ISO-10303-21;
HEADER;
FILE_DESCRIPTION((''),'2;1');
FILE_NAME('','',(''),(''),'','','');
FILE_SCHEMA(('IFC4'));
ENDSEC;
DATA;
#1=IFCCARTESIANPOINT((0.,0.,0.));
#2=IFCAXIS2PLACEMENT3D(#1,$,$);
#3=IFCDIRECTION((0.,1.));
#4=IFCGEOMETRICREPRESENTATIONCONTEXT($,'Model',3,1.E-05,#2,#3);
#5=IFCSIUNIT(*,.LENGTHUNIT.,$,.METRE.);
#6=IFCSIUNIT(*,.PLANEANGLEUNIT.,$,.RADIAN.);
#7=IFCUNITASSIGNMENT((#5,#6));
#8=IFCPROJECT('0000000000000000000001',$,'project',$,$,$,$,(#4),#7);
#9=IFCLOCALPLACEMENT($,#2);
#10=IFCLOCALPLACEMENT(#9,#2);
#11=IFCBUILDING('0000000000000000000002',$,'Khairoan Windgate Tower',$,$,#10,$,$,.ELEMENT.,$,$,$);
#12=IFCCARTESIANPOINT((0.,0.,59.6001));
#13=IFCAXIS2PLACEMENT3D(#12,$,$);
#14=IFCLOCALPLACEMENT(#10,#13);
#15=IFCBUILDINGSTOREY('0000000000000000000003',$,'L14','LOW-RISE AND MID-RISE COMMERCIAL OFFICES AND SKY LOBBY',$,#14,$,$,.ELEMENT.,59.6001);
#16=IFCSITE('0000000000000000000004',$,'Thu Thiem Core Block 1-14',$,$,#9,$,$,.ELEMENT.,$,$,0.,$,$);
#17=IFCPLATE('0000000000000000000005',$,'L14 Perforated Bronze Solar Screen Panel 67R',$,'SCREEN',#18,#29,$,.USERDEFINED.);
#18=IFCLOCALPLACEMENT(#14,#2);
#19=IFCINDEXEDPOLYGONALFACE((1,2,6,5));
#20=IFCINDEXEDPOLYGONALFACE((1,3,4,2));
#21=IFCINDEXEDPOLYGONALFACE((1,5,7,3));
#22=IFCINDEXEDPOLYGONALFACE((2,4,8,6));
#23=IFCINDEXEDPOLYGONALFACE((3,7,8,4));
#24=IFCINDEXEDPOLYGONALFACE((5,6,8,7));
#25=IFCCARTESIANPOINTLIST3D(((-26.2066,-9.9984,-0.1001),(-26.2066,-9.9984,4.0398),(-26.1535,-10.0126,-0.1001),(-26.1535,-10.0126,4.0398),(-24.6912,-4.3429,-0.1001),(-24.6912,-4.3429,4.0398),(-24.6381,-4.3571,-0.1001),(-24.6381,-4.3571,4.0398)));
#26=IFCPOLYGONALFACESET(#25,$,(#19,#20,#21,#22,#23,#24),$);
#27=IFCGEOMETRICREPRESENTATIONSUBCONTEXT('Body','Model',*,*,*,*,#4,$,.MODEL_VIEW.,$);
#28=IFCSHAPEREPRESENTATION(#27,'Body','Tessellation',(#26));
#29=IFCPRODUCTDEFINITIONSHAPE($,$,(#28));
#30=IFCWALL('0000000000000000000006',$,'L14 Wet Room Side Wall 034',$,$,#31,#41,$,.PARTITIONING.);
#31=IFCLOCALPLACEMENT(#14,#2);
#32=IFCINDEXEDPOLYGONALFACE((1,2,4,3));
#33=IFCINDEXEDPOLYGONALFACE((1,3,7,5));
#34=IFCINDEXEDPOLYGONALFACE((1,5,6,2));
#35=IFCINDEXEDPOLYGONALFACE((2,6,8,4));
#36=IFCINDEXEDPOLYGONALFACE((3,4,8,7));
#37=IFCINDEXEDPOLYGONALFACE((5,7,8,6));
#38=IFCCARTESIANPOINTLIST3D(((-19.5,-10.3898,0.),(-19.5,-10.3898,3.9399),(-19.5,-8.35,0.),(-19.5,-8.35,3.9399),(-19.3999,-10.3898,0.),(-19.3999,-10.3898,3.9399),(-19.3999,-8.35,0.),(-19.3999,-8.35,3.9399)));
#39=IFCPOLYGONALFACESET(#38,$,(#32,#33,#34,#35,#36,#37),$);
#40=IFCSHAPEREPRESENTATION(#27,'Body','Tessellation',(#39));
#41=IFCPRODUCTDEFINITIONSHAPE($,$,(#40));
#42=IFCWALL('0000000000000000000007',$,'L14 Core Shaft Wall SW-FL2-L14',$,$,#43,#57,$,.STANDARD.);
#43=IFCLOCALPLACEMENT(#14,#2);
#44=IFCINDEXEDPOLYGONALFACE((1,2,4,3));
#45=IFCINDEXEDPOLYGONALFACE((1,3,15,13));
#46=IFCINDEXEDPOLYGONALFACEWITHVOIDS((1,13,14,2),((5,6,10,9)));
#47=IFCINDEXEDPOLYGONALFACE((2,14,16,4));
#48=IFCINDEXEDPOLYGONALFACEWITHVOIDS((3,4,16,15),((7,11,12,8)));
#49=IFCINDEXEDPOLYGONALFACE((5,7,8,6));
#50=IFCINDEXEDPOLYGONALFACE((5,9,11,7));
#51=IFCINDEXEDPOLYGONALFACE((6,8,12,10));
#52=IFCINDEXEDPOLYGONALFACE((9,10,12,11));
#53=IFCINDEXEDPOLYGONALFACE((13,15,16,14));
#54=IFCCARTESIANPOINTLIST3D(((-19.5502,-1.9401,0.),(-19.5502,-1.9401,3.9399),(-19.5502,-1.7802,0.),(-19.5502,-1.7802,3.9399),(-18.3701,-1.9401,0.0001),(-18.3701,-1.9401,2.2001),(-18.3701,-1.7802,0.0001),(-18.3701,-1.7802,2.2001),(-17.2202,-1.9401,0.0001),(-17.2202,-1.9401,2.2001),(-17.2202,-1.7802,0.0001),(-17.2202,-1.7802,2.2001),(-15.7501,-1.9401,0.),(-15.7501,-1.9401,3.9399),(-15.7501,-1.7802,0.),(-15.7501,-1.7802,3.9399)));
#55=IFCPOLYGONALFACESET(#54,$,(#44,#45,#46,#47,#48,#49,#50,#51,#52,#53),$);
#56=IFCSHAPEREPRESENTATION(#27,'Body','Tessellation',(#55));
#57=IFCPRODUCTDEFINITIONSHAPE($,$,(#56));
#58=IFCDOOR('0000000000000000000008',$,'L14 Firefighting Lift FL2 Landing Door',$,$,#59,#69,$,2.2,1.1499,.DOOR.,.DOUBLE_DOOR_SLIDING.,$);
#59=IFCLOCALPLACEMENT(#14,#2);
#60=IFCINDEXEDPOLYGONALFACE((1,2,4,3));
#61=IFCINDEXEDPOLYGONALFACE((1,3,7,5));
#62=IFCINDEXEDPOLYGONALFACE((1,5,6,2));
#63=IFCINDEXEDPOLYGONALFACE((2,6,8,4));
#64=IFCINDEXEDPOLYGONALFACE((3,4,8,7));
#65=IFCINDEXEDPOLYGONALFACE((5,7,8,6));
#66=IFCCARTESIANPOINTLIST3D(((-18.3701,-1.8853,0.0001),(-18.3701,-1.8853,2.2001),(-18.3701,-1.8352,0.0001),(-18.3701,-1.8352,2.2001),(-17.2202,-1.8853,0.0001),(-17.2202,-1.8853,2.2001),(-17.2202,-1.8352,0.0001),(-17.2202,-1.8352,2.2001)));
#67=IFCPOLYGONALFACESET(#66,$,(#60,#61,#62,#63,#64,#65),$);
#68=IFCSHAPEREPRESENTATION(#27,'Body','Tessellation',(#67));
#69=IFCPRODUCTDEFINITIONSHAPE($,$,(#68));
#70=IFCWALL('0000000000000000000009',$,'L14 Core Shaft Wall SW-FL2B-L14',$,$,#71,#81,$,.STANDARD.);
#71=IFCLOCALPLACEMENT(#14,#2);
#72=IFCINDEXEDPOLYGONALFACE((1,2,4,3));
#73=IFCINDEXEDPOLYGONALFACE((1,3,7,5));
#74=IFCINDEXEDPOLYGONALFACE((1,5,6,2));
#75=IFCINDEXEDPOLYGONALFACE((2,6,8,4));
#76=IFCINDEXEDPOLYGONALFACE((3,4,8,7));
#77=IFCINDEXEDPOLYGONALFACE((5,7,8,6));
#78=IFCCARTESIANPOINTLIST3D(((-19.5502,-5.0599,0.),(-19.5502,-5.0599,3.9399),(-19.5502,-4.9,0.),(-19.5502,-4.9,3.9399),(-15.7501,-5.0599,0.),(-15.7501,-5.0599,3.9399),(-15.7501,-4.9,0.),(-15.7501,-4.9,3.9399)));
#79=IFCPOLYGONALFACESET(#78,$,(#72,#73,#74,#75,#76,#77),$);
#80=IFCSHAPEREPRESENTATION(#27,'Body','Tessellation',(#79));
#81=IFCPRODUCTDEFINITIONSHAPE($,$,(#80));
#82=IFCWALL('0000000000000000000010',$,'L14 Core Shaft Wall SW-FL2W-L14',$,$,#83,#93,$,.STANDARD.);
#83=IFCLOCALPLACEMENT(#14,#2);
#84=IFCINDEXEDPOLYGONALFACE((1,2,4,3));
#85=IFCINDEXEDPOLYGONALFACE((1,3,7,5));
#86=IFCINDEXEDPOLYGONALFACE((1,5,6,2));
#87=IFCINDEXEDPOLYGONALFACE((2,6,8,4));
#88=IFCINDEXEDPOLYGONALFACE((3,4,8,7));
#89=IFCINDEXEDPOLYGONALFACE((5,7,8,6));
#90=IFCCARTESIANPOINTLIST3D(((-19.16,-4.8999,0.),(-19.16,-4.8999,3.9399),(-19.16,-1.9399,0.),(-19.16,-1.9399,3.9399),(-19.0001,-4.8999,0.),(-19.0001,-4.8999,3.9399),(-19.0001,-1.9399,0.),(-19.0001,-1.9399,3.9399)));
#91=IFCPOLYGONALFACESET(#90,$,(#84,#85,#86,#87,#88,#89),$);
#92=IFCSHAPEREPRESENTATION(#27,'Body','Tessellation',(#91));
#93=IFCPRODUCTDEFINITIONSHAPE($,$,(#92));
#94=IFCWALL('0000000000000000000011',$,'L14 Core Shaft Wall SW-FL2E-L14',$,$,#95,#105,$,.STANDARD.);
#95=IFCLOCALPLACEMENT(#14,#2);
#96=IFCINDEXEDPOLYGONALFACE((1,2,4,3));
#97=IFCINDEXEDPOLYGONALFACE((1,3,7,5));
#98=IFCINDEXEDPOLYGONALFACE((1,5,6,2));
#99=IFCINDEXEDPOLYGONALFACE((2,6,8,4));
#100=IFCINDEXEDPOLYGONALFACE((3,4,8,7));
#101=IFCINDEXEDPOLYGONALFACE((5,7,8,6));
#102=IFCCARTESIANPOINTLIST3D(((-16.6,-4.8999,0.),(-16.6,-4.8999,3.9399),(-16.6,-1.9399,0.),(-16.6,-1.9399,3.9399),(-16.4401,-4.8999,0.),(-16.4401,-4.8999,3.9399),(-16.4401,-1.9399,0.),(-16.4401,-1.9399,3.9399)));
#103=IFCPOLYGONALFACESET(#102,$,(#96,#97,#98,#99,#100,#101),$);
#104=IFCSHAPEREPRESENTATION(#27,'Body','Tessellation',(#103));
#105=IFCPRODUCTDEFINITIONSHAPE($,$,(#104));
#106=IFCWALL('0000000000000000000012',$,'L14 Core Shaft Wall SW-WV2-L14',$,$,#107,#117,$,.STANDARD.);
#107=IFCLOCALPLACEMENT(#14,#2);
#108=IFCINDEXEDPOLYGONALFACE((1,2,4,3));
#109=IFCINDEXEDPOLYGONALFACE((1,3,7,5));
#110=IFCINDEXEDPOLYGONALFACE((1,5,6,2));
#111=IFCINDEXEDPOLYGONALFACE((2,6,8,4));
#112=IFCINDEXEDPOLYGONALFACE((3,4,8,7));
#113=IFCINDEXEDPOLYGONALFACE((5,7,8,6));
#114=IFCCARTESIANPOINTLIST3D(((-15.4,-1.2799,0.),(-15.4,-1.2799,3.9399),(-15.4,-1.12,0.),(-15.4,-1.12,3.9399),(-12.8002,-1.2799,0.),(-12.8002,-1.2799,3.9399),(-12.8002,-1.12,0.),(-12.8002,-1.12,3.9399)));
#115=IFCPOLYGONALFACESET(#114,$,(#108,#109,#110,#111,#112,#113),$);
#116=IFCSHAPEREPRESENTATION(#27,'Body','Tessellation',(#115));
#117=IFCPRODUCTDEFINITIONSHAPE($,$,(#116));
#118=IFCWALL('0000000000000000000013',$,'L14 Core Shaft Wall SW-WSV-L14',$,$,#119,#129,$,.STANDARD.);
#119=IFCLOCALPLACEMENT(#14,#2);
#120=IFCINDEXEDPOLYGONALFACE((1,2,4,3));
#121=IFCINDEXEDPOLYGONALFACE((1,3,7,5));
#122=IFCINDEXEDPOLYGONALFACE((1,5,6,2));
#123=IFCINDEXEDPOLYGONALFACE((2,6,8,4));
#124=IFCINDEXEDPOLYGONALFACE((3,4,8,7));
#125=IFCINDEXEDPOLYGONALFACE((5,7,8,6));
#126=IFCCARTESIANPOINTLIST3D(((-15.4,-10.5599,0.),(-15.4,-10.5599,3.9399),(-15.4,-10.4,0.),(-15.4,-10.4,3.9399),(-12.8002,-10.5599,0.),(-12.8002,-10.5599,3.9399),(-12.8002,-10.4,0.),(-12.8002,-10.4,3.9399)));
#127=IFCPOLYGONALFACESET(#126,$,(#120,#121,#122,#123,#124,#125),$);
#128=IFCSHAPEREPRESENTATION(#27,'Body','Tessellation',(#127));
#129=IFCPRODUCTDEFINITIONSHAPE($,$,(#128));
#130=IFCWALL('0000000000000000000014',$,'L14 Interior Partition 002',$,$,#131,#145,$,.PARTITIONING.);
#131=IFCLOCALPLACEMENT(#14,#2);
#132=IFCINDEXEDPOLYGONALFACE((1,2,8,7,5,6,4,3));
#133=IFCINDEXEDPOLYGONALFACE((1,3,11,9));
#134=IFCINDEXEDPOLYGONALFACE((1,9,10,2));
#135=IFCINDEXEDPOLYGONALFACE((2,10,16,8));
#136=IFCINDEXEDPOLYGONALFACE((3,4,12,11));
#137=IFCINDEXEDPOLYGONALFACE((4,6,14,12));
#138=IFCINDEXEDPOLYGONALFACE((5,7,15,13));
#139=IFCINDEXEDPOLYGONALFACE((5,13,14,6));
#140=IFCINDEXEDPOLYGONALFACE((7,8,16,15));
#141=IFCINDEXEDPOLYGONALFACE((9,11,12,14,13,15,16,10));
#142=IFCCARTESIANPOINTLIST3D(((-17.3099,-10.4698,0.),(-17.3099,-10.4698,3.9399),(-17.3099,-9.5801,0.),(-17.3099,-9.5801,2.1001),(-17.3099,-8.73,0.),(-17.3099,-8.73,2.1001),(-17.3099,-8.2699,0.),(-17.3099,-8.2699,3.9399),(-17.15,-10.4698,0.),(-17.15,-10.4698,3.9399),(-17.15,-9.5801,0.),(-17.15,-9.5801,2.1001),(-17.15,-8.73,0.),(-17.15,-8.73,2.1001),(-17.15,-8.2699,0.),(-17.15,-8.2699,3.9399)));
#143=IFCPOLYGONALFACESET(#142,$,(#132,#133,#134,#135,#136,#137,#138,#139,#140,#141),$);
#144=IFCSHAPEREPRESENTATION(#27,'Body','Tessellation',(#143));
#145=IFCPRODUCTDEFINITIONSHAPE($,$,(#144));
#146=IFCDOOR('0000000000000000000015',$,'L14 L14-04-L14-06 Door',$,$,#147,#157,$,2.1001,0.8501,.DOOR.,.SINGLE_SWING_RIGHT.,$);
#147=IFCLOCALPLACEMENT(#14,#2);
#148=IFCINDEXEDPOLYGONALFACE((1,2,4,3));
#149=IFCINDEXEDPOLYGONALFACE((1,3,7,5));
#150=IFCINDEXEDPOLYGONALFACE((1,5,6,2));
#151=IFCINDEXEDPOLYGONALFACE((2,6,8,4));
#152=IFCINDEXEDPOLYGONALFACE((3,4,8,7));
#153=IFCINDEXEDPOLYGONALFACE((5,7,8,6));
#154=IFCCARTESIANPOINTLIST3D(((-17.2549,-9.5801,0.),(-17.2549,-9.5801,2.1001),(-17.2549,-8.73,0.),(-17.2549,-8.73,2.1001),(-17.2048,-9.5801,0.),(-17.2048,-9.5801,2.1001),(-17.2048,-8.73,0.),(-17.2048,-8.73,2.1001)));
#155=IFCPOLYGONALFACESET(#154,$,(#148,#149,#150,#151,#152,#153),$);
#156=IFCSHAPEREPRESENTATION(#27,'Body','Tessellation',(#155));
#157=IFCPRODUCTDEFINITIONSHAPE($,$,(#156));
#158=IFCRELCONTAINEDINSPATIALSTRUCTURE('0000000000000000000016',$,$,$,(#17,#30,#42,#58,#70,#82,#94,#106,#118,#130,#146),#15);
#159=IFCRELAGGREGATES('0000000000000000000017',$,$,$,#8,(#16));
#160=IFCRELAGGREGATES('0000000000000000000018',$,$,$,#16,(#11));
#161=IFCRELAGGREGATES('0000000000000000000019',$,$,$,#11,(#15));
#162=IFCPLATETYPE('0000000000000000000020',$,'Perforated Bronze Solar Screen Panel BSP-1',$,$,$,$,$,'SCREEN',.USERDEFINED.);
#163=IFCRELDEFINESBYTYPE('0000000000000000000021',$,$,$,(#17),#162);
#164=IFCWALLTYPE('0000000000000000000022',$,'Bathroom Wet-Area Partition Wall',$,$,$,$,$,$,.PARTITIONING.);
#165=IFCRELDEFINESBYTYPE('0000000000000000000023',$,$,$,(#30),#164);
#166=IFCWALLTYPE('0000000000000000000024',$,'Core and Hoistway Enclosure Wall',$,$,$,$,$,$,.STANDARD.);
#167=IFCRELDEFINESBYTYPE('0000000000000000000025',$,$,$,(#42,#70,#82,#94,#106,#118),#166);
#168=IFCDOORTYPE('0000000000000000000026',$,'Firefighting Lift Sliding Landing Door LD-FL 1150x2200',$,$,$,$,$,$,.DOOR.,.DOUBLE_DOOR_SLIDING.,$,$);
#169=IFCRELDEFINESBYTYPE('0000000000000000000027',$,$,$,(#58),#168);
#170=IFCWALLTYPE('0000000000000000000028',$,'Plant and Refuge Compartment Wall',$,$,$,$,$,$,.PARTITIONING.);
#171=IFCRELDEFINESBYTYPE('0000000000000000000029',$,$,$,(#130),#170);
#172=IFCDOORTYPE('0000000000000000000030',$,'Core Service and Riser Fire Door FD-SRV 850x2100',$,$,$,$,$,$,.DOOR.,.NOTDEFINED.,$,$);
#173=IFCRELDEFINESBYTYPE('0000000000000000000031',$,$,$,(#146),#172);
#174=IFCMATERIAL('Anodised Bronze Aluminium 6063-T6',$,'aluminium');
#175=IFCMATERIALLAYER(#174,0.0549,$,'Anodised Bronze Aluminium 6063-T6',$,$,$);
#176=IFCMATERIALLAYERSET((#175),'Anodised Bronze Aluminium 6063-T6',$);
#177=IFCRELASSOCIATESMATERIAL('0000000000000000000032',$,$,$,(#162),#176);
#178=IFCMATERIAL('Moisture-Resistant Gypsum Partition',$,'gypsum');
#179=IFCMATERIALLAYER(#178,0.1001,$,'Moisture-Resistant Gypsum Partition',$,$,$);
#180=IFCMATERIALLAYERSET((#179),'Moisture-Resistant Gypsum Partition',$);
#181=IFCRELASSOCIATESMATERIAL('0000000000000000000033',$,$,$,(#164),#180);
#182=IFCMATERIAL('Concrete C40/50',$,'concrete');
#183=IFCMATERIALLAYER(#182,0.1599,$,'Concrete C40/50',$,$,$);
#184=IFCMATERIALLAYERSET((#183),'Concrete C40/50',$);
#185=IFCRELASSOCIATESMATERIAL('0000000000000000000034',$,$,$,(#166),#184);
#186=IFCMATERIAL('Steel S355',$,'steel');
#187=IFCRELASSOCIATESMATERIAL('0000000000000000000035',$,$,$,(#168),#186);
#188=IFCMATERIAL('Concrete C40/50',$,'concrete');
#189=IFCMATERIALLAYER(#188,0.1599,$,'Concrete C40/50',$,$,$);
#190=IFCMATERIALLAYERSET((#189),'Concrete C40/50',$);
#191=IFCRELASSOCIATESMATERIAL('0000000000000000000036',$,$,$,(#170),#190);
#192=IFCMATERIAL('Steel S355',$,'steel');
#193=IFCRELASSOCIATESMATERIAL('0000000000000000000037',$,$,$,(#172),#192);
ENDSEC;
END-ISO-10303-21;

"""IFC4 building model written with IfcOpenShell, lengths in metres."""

from ifc_helpers import new_model, si_unit, direction, frame, frame_2d, origin, origin_2d, place, context, subcontext, project, spatial, rectangle, extrude, material, layer, layer_set, type_object, element, fill, save


model = new_model("IFC4")

# Units and contexts
model_context = context("Model", 3, precision=1e-05, world=origin(), true_north=direction((0.0, 1.0)))
body_context = subcontext(model_context, "Body", "Model", "MODEL_VIEW")
ifc_project = project(units=[si_unit("LENGTHUNIT", "METRE"), si_unit("PLANEANGLEUNIT", "RADIAN")], contexts=[model_context])

# Site, building, storey
site_placement = place(None, origin())
site = spatial("IfcSite", under=ifc_project, at=site_placement, Name="Thu Thiem Core Block 1-14", CompositionType="ELEMENT", RefElevation=0.0)
building_placement = place(site_placement, origin())
building = spatial("IfcBuilding", under=site, at=building_placement, Name="Khairoan Windgate Tower", CompositionType="ELEMENT")
storey_placement = place(building_placement, frame((0.0, 0.0, 59.6001)))
storey = spatial("IfcBuildingStorey", under=building, at=storey_placement, Name="L14", Description="LOW-RISE AND MID-RISE COMMERCIAL OFFICES AND SKY LOBBY", CompositionType="ELEMENT", Elevation=59.6001)

# Plate
ifc_material_1 = material(Name="Anodised Bronze Aluminium 6063-T6", Category="aluminium")
ifc_layer_1 = layer(ifc_material_1, 0.0549, Name="Anodised Bronze Aluminium 6063-T6")
ifc_layer_set_1 = layer_set([ifc_layer_1], Name="Anodised Bronze Aluminium 6063-T6")
plate_type_1 = type_object("IfcPlateType", Name="Perforated Bronze Solar Screen Panel BSP-1", ElementType="SCREEN", PredefinedType="USERDEFINED", material=ifc_layer_set_1)
plate_placement = place(storey_placement, frame((-25.4224, -7.1777, -0.1001), z_axis=(0.0, 0.0, 1.0), x_axis=(0.258819, 0.965926, 0.0)))
element("IfcPlate", 1, at=plate_placement, inside=storey, type_object=plate_type_1, Name="L14 Perforated Bronze Solar Screen Panel 67R", ObjectType="SCREEN", PredefinedType="USERDEFINED", context=body_context, shape_type="SweptSolid", body=[
    extrude(rectangle(XDim=5.855, YDim=0.0549, at=origin_2d()), origin(), (0.0, 0.0, 1.0), 4.1399),
])

# Wall
ifc_material_2 = material(Name="Moisture-Resistant Gypsum Partition", Category="gypsum")
ifc_layer_2 = layer(ifc_material_2, 0.1001, Name="Moisture-Resistant Gypsum Partition")
ifc_layer_set_2 = layer_set([ifc_layer_2], Name="Moisture-Resistant Gypsum Partition")
wall_type_1 = type_object("IfcWallType", Name="Bathroom Wet-Area Partition Wall", PredefinedType="PARTITIONING", material=ifc_layer_set_2)
wall_1_placement = place(storey_placement, frame((-19.45, -10.3899, 0.0), z_axis=(0.0, 0.0, 1.0), x_axis=(0.0, 1.0, 0.0)))
element("IfcWall", 2, at=wall_1_placement, inside=storey, type_object=wall_type_1, Name="L14 Wet Room Side Wall 034", PredefinedType="PARTITIONING", context=body_context, shape_type="SweptSolid", body=[
    extrude(rectangle(XDim=2.0398, YDim=0.1001, at=frame_2d((1.02, 0.0))), origin(), (0.0, 0.0, 1.0), 3.9399),
])

# Wall, opening, door
ifc_material_3 = material(Name="Concrete C40/50", Category="concrete")
ifc_layer_3 = layer(ifc_material_3, 0.1599, Name="Concrete C40/50")
ifc_layer_set_3 = layer_set([ifc_layer_3], Name="Concrete C40/50")
wall_type_2 = type_object("IfcWallType", Name="Core and Hoistway Enclosure Wall", PredefinedType="STANDARD", material=ifc_layer_set_3)
wall_2_placement = place(storey_placement, frame((-19.55, -1.8601, 0.0), z_axis=(0.0, 0.0, 1.0), x_axis=(1.0, 0.0, 0.0)))
wall_2 = element("IfcWall", 3, at=wall_2_placement, inside=storey, type_object=wall_type_2, Name="L14 Core Shaft Wall SW-FL2-L14", PredefinedType="STANDARD", context=body_context, shape_type="SweptSolid", body=[
    extrude(rectangle(XDim=3.8, YDim=0.1599, at=frame_2d((1.8999, 0.0))), origin(), (0.0, 0.0, 1.0), 3.9399),
])
opening_1_placement = place(wall_2_placement, frame((1.1799, 0.0, 0.0)))
opening_1 = element("IfcOpeningElement", 4, at=opening_1_placement, cuts=wall_2, PredefinedType="OPENING", context=body_context, shape_type="SweptSolid", body=[
    extrude(rectangle(XDim=1.1499, YDim=2.2, at=frame_2d((0.575, 1.1001))), frame((0.0, 0.0898, 0.0), z_axis=(0.0, -1.0, 0.0), x_axis=(1.0, 0.0, 0.0)), (0.0, 0.0, 1.0), 0.1799),
])
ifc_material_4 = material(Name="Steel S355", Category="steel")
door_type_1 = type_object("IfcDoorType", Name="Firefighting Lift Sliding Landing Door LD-FL 1150x2200", OperationType="DOUBLE_DOOR_SLIDING", PredefinedType="DOOR", material=ifc_material_4)
door_1_placement = place(opening_1_placement, origin())
door_1 = element("IfcDoor", 5, at=door_1_placement, inside=storey, type_object=door_type_1, Name="L14 Firefighting Lift FL2 Landing Door", OperationType="DOUBLE_DOOR_SLIDING", OverallHeight=2.2, OverallWidth=1.1499, PredefinedType="DOOR", context=body_context, shape_type="SweptSolid", body=[
    extrude(rectangle(XDim=1.1499, YDim=2.2, at=frame_2d((0.575, 1.1001))), frame((0.0, 0.0249, 0.0), z_axis=(0.0, -1.0, 0.0), x_axis=(1.0, 0.0, 0.0)), (0.0, 0.0, 1.0), 0.05),
])
fill(opening_1, door_1)

# Walls
wall_3_placement = place(storey_placement, frame((-19.55, -4.98, 0.0), z_axis=(0.0, 0.0, 1.0), x_axis=(1.0, 0.0, 0.0)))
element("IfcWall", 6, at=wall_3_placement, inside=storey, type_object=wall_type_2, Name="L14 Core Shaft Wall SW-FL2B-L14", PredefinedType="STANDARD", context=body_context, shape_type="SweptSolid", body=[
    extrude(rectangle(XDim=3.8, YDim=0.1599, at=frame_2d((1.8999, 0.0))), origin(), (0.0, 0.0, 1.0), 3.9399),
])
for number, where, z_axis, x_axis, name in (
    (7, (-19.0801, -4.8999, 0.0), (0.0, 0.0, 1.0), (0.0, 1.0, 0.0), "L14 Core Shaft Wall SW-FL2W-L14"),
    (8, (-16.52, -4.8999, 0.0), (0.0, 0.0, 1.0), (0.0, 1.0, 0.0), "L14 Core Shaft Wall SW-FL2E-L14"),
):
    element("IfcWall", number, at=place(storey_placement, frame(where, z_axis=z_axis, x_axis=x_axis)), inside=storey, type_object=wall_type_2, Name=name, PredefinedType="STANDARD", context=body_context, shape_type="SweptSolid", body=[
        extrude(rectangle(XDim=2.96, YDim=0.1599, at=frame_2d((1.48, 0.0))), origin(), (0.0, 0.0, 1.0), 3.9399),
    ])
for number, where, z_axis, x_axis, name in (
    (9, (-15.3999, -1.2, 0.0), (0.0, 0.0, 1.0), (1.0, 0.0, 0.0), "L14 Core Shaft Wall SW-WV2-L14"),
    (10, (-15.3999, -10.48, 0.0), (0.0, 0.0, 1.0), (1.0, 0.0, 0.0), "L14 Core Shaft Wall SW-WSV-L14"),
):
    element("IfcWall", number, at=place(storey_placement, frame(where, z_axis=z_axis, x_axis=x_axis)), inside=storey, type_object=wall_type_2, Name=name, PredefinedType="STANDARD", context=body_context, shape_type="SweptSolid", body=[
        extrude(rectangle(XDim=2.5999, YDim=0.1599, at=frame_2d((1.2998, 0.0))), origin(), (0.0, 0.0, 1.0), 3.9399),
    ])

# Wall, opening, door
ifc_material_5 = material(Name="Concrete C40/50", Category="concrete")
ifc_layer_4 = layer(ifc_material_5, 0.1599, Name="Concrete C40/50")
ifc_layer_set_4 = layer_set([ifc_layer_4], Name="Concrete C40/50")
wall_type_3 = type_object("IfcWallType", Name="Plant and Refuge Compartment Wall", PredefinedType="PARTITIONING", material=ifc_layer_set_4)
wall_4_placement = place(storey_placement, frame((-17.23, -10.47, 0.0), z_axis=(0.0, 0.0, 1.0), x_axis=(0.0, 1.0, 0.0)))
wall_4 = element("IfcWall", 11, at=wall_4_placement, inside=storey, type_object=wall_type_3, Name="L14 Interior Partition 002", PredefinedType="PARTITIONING", context=body_context, shape_type="SweptSolid", body=[
    extrude(rectangle(XDim=2.2, YDim=0.1599, at=frame_2d((1.1001, 0.0))), origin(), (0.0, 0.0, 1.0), 3.9399),
])
opening_2_placement = place(wall_4_placement, frame((0.8899, 0.0, 0.0)))
opening_2 = element("IfcOpeningElement", 12, at=opening_2_placement, cuts=wall_4, PredefinedType="OPENING", context=body_context, shape_type="SweptSolid", body=[
    extrude(rectangle(XDim=0.8501, YDim=2.1001, at=frame_2d((0.425, 1.05))), frame((0.0, 0.0898, 0.0), z_axis=(0.0, -1.0, 0.0), x_axis=(1.0, 0.0, 0.0)), (0.0, 0.0, 1.0), 0.1799),
])
ifc_material_6 = material(Name="Steel S355", Category="steel")
door_type_2 = type_object("IfcDoorType", Name="Core Service and Riser Fire Door FD-SRV 850x2100", OperationType="NOTDEFINED", PredefinedType="DOOR", material=ifc_material_6)
door_2_placement = place(opening_2_placement, origin())
door_2 = element("IfcDoor", 13, at=door_2_placement, inside=storey, type_object=door_type_2, Name="L14 L14-04-L14-06 Door", OperationType="SINGLE_SWING_RIGHT", OverallHeight=2.1001, OverallWidth=0.8501, PredefinedType="DOOR", context=body_context, shape_type="SweptSolid", body=[
    extrude(rectangle(XDim=0.8501, YDim=2.1001, at=frame_2d((0.425, 1.05))), frame((0.0, 0.0249, 0.0), z_axis=(0.0, -1.0, 0.0), x_axis=(1.0, 0.0, 0.0)), (0.0, 0.0, 1.0), 0.05),
])
fill(opening_2, door_2)

save(model, "model.ifc")
